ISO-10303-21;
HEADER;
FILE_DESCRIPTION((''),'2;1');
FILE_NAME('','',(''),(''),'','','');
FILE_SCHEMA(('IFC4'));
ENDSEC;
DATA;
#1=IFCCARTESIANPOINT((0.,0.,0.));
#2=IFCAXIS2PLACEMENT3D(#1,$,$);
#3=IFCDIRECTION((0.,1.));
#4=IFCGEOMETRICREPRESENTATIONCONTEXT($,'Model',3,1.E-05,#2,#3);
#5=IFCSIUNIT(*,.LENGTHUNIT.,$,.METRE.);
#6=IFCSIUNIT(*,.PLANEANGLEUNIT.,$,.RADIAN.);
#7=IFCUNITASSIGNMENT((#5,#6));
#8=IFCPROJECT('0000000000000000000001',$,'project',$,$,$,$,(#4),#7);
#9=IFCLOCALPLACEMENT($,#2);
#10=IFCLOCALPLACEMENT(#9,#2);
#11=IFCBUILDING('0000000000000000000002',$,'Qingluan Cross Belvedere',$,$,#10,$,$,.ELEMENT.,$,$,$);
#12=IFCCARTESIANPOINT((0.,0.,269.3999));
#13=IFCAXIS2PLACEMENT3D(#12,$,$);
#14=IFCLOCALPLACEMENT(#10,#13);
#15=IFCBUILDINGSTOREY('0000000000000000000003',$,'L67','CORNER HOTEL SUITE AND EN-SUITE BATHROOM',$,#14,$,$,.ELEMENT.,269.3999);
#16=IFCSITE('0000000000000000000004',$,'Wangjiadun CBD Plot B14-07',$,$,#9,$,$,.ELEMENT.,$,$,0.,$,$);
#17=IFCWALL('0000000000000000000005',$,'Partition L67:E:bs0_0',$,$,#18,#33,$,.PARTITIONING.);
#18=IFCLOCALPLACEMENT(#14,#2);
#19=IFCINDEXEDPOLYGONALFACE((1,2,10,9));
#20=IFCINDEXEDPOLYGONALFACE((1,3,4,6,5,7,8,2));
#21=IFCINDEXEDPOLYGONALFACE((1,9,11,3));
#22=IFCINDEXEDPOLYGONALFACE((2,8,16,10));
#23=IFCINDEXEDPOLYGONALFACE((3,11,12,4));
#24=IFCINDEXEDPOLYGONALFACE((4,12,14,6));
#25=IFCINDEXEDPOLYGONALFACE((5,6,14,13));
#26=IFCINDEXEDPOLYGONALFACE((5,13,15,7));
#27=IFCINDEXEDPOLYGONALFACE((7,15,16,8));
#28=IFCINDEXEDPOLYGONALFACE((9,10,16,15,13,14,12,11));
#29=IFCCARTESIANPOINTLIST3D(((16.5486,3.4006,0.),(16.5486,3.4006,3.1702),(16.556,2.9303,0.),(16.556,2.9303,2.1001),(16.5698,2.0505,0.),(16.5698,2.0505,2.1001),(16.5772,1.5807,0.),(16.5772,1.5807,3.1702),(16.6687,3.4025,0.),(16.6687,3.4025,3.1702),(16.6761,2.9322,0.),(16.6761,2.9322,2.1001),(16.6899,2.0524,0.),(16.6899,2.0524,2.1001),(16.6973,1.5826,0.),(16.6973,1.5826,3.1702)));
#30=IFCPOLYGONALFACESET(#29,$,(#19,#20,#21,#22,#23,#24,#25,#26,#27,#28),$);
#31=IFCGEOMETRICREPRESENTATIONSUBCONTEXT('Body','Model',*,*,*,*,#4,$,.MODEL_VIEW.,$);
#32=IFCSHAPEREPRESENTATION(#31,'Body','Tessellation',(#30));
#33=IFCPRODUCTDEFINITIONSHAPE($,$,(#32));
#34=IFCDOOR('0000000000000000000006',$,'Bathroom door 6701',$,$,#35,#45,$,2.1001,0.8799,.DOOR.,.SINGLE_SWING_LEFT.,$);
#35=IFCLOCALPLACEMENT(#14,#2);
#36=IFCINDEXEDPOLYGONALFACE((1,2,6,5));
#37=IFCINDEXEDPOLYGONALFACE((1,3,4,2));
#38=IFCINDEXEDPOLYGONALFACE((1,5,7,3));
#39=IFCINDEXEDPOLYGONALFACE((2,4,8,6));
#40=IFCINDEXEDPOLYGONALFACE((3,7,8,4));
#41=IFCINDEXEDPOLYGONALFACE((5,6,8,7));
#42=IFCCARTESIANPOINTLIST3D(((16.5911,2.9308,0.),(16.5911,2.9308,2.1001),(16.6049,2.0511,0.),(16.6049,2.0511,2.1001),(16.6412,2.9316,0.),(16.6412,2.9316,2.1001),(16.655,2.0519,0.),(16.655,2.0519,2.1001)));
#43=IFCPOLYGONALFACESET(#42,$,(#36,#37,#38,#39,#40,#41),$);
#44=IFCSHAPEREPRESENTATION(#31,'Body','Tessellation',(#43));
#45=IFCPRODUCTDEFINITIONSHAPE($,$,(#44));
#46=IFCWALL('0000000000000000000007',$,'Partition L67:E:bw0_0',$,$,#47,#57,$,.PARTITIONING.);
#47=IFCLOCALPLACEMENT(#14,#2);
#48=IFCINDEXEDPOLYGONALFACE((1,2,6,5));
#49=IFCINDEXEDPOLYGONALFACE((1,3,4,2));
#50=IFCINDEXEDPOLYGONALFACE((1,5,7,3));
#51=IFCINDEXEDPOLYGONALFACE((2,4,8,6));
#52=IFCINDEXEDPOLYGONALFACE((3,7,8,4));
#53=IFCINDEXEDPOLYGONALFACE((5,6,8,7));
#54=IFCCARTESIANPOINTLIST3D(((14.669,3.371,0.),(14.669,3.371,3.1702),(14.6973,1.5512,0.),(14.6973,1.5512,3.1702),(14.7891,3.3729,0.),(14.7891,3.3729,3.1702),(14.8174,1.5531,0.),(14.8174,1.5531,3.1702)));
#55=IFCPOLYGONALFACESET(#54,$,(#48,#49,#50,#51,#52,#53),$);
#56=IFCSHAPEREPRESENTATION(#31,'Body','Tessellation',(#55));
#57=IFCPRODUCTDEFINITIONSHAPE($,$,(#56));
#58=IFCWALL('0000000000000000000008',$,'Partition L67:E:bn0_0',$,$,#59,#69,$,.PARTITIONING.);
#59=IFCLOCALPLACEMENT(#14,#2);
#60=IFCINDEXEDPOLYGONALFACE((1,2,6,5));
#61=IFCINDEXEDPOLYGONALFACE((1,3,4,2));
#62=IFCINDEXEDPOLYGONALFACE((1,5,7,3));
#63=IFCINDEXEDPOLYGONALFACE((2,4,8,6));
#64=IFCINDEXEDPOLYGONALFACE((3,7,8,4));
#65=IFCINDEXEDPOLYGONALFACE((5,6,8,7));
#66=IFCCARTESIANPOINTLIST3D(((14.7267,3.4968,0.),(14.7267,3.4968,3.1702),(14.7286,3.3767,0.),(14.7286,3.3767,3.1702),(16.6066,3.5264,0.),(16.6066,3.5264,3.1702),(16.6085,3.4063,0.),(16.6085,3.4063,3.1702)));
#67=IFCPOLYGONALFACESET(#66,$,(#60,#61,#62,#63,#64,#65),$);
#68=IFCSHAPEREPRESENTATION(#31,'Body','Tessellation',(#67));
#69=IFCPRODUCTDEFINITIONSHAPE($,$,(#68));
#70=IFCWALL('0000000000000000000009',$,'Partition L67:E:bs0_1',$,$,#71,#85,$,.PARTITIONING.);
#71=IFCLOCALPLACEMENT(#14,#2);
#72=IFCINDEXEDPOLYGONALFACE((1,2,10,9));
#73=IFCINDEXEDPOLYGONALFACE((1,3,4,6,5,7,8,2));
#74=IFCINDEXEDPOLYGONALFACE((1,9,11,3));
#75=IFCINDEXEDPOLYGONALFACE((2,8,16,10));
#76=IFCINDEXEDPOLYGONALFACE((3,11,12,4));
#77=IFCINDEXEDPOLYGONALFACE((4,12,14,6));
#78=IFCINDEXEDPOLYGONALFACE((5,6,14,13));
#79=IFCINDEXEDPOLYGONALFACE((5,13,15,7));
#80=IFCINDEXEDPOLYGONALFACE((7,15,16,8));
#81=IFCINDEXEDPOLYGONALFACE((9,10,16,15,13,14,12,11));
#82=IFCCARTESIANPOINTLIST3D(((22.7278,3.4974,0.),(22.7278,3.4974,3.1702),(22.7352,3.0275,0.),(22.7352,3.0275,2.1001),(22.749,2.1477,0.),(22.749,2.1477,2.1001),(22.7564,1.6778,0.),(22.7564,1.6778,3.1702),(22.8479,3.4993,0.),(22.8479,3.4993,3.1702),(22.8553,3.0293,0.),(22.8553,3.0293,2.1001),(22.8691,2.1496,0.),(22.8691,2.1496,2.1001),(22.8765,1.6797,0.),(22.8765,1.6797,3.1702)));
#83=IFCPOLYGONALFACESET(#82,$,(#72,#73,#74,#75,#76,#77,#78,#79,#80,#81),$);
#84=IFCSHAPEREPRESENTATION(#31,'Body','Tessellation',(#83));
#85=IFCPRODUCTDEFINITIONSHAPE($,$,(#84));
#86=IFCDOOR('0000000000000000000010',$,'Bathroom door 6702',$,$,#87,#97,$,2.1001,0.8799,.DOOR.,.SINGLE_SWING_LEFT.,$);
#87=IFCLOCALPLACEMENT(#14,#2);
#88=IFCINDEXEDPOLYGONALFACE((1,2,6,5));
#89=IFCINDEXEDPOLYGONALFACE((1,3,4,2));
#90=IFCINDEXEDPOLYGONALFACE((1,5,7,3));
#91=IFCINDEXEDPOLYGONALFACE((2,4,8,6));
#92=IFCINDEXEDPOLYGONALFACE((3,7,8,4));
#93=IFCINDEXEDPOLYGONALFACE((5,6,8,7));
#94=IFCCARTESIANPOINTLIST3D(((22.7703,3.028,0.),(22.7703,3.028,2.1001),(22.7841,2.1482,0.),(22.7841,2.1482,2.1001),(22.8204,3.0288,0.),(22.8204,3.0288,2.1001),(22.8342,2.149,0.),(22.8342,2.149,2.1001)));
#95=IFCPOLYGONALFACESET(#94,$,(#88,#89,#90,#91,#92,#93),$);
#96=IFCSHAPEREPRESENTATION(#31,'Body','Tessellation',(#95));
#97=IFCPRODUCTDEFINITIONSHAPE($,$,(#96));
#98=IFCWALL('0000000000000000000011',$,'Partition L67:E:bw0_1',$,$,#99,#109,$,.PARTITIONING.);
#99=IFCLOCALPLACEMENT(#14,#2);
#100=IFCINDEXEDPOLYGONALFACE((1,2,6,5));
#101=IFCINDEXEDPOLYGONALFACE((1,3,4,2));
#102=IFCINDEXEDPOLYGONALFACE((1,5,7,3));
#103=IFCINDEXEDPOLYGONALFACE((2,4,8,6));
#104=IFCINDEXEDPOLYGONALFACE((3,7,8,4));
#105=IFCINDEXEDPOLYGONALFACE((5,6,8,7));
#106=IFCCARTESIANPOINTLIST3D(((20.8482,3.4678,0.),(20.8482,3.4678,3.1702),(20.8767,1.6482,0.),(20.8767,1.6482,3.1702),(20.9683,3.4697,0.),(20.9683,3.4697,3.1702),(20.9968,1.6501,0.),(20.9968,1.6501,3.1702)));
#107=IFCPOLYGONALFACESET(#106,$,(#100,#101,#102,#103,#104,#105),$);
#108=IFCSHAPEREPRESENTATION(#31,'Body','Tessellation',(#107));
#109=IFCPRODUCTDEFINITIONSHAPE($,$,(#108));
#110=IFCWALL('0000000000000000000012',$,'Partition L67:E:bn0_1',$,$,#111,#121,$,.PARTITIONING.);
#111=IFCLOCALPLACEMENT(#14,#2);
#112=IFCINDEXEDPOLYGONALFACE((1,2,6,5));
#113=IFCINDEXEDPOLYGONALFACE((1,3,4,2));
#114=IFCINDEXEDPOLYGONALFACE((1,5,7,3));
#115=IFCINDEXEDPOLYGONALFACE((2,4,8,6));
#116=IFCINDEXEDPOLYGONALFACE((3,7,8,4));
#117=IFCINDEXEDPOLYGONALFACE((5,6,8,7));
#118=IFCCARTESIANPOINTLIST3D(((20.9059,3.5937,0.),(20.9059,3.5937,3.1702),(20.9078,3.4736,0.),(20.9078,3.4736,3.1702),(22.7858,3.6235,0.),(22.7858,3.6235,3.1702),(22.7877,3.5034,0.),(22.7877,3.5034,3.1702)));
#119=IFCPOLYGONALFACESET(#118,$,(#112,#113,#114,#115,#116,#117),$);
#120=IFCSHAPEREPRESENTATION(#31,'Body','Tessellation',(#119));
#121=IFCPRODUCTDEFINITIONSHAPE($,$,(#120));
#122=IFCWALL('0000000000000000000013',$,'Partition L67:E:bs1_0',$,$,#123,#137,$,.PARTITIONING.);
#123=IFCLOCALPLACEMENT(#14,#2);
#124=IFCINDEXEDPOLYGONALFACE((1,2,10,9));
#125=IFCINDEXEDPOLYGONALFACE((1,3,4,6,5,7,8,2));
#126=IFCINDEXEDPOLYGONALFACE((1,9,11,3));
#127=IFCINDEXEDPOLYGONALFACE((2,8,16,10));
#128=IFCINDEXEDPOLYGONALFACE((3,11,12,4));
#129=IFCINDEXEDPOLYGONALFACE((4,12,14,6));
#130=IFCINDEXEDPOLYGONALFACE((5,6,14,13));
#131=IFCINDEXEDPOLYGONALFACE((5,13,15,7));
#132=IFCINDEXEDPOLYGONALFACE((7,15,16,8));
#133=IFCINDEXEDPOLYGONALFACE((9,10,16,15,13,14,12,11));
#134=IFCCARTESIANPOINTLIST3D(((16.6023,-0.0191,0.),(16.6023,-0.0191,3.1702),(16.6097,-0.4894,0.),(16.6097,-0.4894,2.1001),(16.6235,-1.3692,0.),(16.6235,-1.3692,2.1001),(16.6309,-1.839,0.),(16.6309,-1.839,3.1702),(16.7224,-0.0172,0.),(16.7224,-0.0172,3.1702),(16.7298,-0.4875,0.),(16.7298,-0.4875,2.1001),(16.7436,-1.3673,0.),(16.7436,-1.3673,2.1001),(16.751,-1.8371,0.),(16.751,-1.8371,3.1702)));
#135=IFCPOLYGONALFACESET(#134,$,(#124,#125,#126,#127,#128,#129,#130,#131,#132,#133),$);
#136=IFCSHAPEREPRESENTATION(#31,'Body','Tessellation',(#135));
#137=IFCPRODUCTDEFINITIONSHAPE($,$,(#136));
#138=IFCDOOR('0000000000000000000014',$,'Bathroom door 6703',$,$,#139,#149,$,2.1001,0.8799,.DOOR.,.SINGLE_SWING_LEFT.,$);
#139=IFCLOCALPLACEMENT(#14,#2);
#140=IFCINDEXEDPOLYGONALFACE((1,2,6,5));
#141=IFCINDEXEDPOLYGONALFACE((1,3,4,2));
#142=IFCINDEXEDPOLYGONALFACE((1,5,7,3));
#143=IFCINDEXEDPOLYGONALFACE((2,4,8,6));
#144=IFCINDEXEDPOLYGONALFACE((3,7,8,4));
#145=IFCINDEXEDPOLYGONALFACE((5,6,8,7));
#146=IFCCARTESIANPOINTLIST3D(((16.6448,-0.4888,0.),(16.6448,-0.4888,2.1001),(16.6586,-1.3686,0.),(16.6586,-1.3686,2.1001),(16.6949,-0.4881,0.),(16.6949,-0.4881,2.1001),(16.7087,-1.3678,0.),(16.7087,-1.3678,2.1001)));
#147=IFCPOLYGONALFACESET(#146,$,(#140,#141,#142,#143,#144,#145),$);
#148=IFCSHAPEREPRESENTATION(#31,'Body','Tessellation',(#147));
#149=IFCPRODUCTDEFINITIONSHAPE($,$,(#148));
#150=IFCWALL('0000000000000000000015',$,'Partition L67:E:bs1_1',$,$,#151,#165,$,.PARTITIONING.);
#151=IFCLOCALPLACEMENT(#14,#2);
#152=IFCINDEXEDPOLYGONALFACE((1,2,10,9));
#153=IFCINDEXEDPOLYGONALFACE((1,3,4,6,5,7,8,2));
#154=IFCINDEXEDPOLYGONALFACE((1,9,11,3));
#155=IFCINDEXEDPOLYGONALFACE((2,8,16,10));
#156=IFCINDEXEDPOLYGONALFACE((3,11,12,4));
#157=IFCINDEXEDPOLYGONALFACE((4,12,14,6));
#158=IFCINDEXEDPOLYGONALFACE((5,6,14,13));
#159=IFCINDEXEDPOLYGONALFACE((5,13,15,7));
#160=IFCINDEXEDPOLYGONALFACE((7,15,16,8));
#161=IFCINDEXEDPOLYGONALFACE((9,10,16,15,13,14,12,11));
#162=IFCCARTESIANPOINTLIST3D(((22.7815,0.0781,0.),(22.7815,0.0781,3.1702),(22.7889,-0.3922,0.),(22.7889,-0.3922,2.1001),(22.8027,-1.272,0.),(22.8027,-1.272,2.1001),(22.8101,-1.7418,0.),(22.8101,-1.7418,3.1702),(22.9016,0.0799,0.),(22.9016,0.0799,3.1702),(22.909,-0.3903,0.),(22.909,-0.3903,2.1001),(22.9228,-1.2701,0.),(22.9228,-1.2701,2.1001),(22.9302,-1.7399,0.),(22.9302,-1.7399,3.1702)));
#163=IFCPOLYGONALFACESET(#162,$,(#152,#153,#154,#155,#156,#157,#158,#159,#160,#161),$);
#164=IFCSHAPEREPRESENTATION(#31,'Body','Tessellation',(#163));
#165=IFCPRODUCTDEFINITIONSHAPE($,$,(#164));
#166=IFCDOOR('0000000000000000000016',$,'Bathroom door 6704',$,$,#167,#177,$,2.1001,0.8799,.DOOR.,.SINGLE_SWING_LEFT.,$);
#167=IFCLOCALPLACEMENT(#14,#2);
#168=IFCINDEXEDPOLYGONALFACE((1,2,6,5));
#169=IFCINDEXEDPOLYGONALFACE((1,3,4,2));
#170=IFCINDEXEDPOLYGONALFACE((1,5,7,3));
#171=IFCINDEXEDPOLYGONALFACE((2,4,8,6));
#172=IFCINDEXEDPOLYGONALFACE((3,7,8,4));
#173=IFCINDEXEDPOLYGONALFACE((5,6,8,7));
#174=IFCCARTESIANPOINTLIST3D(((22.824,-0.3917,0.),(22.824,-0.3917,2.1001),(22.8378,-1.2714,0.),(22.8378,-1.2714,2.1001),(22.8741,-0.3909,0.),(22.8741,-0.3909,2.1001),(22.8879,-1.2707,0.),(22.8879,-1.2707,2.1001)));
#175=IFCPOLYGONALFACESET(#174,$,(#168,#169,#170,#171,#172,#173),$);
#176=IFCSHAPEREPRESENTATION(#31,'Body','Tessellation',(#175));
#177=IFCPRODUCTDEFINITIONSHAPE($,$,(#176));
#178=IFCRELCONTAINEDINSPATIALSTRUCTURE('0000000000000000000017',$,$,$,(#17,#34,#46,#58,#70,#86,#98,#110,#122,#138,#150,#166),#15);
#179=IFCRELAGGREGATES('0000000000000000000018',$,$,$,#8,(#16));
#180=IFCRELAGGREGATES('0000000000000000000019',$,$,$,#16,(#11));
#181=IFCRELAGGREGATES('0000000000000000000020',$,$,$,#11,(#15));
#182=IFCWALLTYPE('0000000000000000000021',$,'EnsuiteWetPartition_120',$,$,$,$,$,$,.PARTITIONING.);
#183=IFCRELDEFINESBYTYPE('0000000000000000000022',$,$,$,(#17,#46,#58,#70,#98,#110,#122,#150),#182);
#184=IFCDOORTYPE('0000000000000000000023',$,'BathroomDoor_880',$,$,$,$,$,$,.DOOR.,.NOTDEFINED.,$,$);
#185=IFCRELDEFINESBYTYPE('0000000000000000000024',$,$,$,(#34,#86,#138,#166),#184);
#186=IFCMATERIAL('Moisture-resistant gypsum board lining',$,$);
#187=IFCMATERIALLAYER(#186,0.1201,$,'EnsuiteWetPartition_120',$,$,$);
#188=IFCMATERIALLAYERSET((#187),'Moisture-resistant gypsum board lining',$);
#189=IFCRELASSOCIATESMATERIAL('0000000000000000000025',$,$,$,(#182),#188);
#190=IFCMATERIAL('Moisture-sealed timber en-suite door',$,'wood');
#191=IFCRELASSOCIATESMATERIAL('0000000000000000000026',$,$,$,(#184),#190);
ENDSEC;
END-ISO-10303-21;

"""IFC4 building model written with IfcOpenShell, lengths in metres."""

from ifc_helpers import new_model, si_unit, direction, frame, frame_2d, origin, place, context, subcontext, project, spatial, rectangle, extrude, material, layer, layer_set, type_object, element, fill, save


model = new_model("IFC4")

# Units and contexts
model_context = context("Model", 3, precision=1e-05, world=origin(), true_north=direction((0.0, 1.0)))
body_context = subcontext(model_context, "Body", "Model", "MODEL_VIEW")
ifc_project = project(units=[si_unit("LENGTHUNIT", "METRE"), si_unit("PLANEANGLEUNIT", "RADIAN")], contexts=[model_context])

# Site, building, storey
site_placement = place(None, origin())
site = spatial("IfcSite", under=ifc_project, at=site_placement, Name="Wangjiadun CBD Plot B14-07", CompositionType="ELEMENT", RefElevation=0.0)
building_placement = place(site_placement, origin())
building = spatial("IfcBuilding", under=site, at=building_placement, Name="Qingluan Cross Belvedere", CompositionType="ELEMENT")
storey_placement = place(building_placement, frame((0.0, 0.0, 269.3999)))
storey = spatial("IfcBuildingStorey", under=building, at=storey_placement, Name="L67", Description="CORNER HOTEL SUITE AND EN-SUITE BATHROOM", CompositionType="ELEMENT", Elevation=269.3999)

# Wall, opening, door
ifc_material_1 = material(Name="Moisture-resistant gypsum board lining")
ifc_layer_1 = layer(ifc_material_1, 0.1201, Name="EnsuiteWetPartition_120")
ifc_layer_set_1 = layer_set([ifc_layer_1], Name="Moisture-resistant gypsum board lining")
wall_type_1 = type_object("IfcWallType", Name="EnsuiteWetPartition_120", PredefinedType="PARTITIONING", material=ifc_layer_set_1)
wall_1_placement = place(storey_placement, frame((16.6372, 1.5815, 0.0), z_axis=(0.0, 0.0, 1.0), x_axis=(-0.015694, 0.999877, 0.0)))
wall_1 = element("IfcWall", 1, at=wall_1_placement, inside=storey, type_object=wall_type_1, Name="Partition L67:E:bs0_0", PredefinedType="PARTITIONING", context=body_context, shape_type="SweptSolid", body=[
    extrude(rectangle(XDim=1.8201, YDim=0.1201, at=frame_2d((0.9102, 0.0))), origin(), (0.0, 0.0, 1.0), 3.1702),
])
opening_1_placement = place(wall_1_placement, frame((0.47, 0.0, 0.0)))
opening_1 = element("IfcOpeningElement", 2, at=opening_1_placement, cuts=wall_1, PredefinedType="OPENING", context=body_context, shape_type="SweptSolid", body=[
    extrude(rectangle(XDim=0.8799, YDim=2.1001, at=frame_2d((0.4399, 1.05))), frame((0.0, 0.0701, 0.0), z_axis=(0.0, -1.0, 0.0), x_axis=(1.0, 0.0, 0.0)), (0.0, 0.0, 1.0), 0.1401),
])
ifc_material_2 = material(Name="Moisture-sealed timber en-suite door", Category="wood")
door_type_1 = type_object("IfcDoorType", Name="BathroomDoor_880", OperationType="NOTDEFINED", PredefinedType="DOOR", material=ifc_material_2)
door_1_placement = place(opening_1_placement, origin())
door_1 = element("IfcDoor", 3, at=door_1_placement, inside=storey, type_object=door_type_1, Name="Bathroom door 6701", OperationType="SINGLE_SWING_LEFT", OverallHeight=2.1001, OverallWidth=0.8799, PredefinedType="DOOR", context=body_context, shape_type="SweptSolid", body=[
    extrude(rectangle(XDim=0.8799, YDim=2.1001, at=frame_2d((0.4399, 1.05))), frame((0.0, 0.0249, 0.0), z_axis=(0.0, -1.0, 0.0), x_axis=(1.0, 0.0, 0.0)), (0.0, 0.0, 1.0), 0.05),
])
fill(opening_1, door_1)

# Walls
wall_2_placement = place(storey_placement, frame((14.7573, 1.552, 0.0), z_axis=(0.0, 0.0, 1.0), x_axis=(-0.01556, 0.999879, 0.0)))
element("IfcWall", 4, at=wall_2_placement, inside=storey, type_object=wall_type_1, Name="Partition L67:E:bw0_0", PredefinedType="PARTITIONING", context=body_context, shape_type="SweptSolid", body=[
    extrude(rectangle(XDim=1.8201, YDim=0.1201, at=frame_2d((0.9102, 0.0))), origin(), (0.0, 0.0, 1.0), 3.1702),
])
wall_3_placement = place(storey_placement, frame((14.7278, 3.4368, 0.0), z_axis=(0.0, 0.0, 1.0), x_axis=(0.999877, 0.015712, 0.0)))
element("IfcWall", 5, at=wall_3_placement, inside=storey, type_object=wall_type_1, Name="Partition L67:E:bn0_0", PredefinedType="PARTITIONING", context=body_context, shape_type="SweptSolid", body=[
    extrude(rectangle(XDim=1.8801, YDim=0.1201, at=frame_2d((0.9399, 0.0))), origin(), (0.0, 0.0, 1.0), 3.1702),
])

# Wall, opening, door
wall_4_placement = place(storey_placement, frame((22.8164, 1.6787, 0.0), z_axis=(0.0, 0.0, 1.0), x_axis=(-0.015696, 0.999877, 0.0)))
wall_4 = element("IfcWall", 6, at=wall_4_placement, inside=storey, type_object=wall_type_1, Name="Partition L67:E:bs0_1", PredefinedType="PARTITIONING", context=body_context, shape_type="SweptSolid", body=[
    extrude(rectangle(XDim=1.8198, YDim=0.1201, at=frame_2d((0.9099, 0.0))), origin(), (0.0, 0.0, 1.0), 3.1702),
])
opening_2_placement = place(wall_4_placement, frame((0.47, 0.0, 0.0)))
opening_2 = element("IfcOpeningElement", 7, at=opening_2_placement, cuts=wall_4, PredefinedType="OPENING", context=body_context, shape_type="SweptSolid", body=[
    extrude(rectangle(XDim=0.8799, YDim=2.1001, at=frame_2d((0.4399, 1.05))), frame((0.0, 0.0701, 0.0), z_axis=(0.0, -1.0, 0.0), x_axis=(1.0, 0.0, 0.0)), (0.0, 0.0, 1.0), 0.1401),
])
door_2_placement = place(opening_2_placement, origin())
door_2 = element("IfcDoor", 8, at=door_2_placement, inside=storey, type_object=door_type_1, Name="Bathroom door 6702", OperationType="SINGLE_SWING_LEFT", OverallHeight=2.1001, OverallWidth=0.8799, PredefinedType="DOOR", context=body_context, shape_type="SweptSolid", body=[
    extrude(rectangle(XDim=0.8799, YDim=2.1001, at=frame_2d((0.4399, 1.05))), frame((0.0, 0.0249, 0.0), z_axis=(0.0, -1.0, 0.0), x_axis=(1.0, 0.0, 0.0)), (0.0, 0.0, 1.0), 0.05),
])
fill(opening_2, door_2)

# Walls
wall_5_placement = place(storey_placement, frame((20.9368, 1.6492, 0.0), z_axis=(0.0, 0.0, 1.0), x_axis=(-0.015696, 0.999877, 0.0)))
element("IfcWall", 9, at=wall_5_placement, inside=storey, type_object=wall_type_1, Name="Partition L67:E:bw0_1", PredefinedType="PARTITIONING", context=body_context, shape_type="SweptSolid", body=[
    extrude(rectangle(XDim=1.8198, YDim=0.1201, at=frame_2d((0.9099, 0.0))), origin(), (0.0, 0.0, 1.0), 3.1702),
])
wall_6_placement = place(storey_placement, frame((20.907, 3.5337, 0.0), z_axis=(0.0, 0.0, 1.0), x_axis=(0.999875, 0.015842, 0.0)))
element("IfcWall", 10, at=wall_6_placement, inside=storey, type_object=wall_type_1, Name="Partition L67:E:bn0_1", PredefinedType="PARTITIONING", context=body_context, shape_type="SweptSolid", body=[
    extrude(rectangle(XDim=1.8801, YDim=0.1201, at=frame_2d((0.9399, 0.0))), origin(), (0.0, 0.0, 1.0), 3.1702),
])

# Walls, openings, doors
wall_7_placement = place(storey_placement, frame((16.6909, -1.8381, 0.0), z_axis=(0.0, 0.0, 1.0), x_axis=(-0.015694, 0.999877, 0.0)))
wall_7 = element("IfcWall", 11, at=wall_7_placement, inside=storey, type_object=wall_type_1, Name="Partition L67:E:bs1_0", PredefinedType="PARTITIONING", context=body_context, shape_type="SweptSolid", body=[
    extrude(rectangle(XDim=1.8201, YDim=0.1201, at=frame_2d((0.9102, 0.0))), origin(), (0.0, 0.0, 1.0), 3.1702),
])
opening_3_placement = place(wall_7_placement, frame((0.47, 0.0, 0.0)))
opening_3 = element("IfcOpeningElement", 12, at=opening_3_placement, cuts=wall_7, PredefinedType="OPENING", context=body_context, shape_type="SweptSolid", body=[
    extrude(rectangle(XDim=0.8799, YDim=2.1001, at=frame_2d((0.4399, 1.05))), frame((0.0, 0.0701, 0.0), z_axis=(0.0, -1.0, 0.0), x_axis=(1.0, 0.0, 0.0)), (0.0, 0.0, 1.0), 0.1401),
])
door_3_placement = place(opening_3_placement, origin())
door_3 = element("IfcDoor", 13, at=door_3_placement, inside=storey, type_object=door_type_1, Name="Bathroom door 6703", OperationType="SINGLE_SWING_LEFT", OverallHeight=2.1001, OverallWidth=0.8799, PredefinedType="DOOR", context=body_context, shape_type="SweptSolid", body=[
    extrude(rectangle(XDim=0.8799, YDim=2.1001, at=frame_2d((0.4399, 1.05))), frame((0.0, 0.0249, 0.0), z_axis=(0.0, -1.0, 0.0), x_axis=(1.0, 0.0, 0.0)), (0.0, 0.0, 1.0), 0.05),
])
fill(opening_3, door_3)
wall_8_placement = place(storey_placement, frame((22.8701, -1.741, 0.0), z_axis=(0.0, 0.0, 1.0), x_axis=(-0.015694, 0.999877, 0.0)))
wall_8 = element("IfcWall", 14, at=wall_8_placement, inside=storey, type_object=wall_type_1, Name="Partition L67:E:bs1_1", PredefinedType="PARTITIONING", context=body_context, shape_type="SweptSolid", body=[
    extrude(rectangle(XDim=1.8201, YDim=0.1201, at=frame_2d((0.9102, 0.0))), origin(), (0.0, 0.0, 1.0), 3.1702),
])
opening_4_placement = place(wall_8_placement, frame((0.47, 0.0, 0.0)))
opening_4 = element("IfcOpeningElement", 15, at=opening_4_placement, cuts=wall_8, PredefinedType="OPENING", context=body_context, shape_type="SweptSolid", body=[
    extrude(rectangle(XDim=0.8799, YDim=2.1001, at=frame_2d((0.4399, 1.05))), frame((0.0, 0.0701, 0.0), z_axis=(0.0, -1.0, 0.0), x_axis=(1.0, 0.0, 0.0)), (0.0, 0.0, 1.0), 0.1401),
])
door_4_placement = place(opening_4_placement, origin())
door_4 = element("IfcDoor", 16, at=door_4_placement, inside=storey, type_object=door_type_1, Name="Bathroom door 6704", OperationType="SINGLE_SWING_LEFT", OverallHeight=2.1001, OverallWidth=0.8799, PredefinedType="DOOR", context=body_context, shape_type="SweptSolid", body=[
    extrude(rectangle(XDim=0.8799, YDim=2.1001, at=frame_2d((0.4399, 1.05))), frame((0.0, 0.0249, 0.0), z_axis=(0.0, -1.0, 0.0), x_axis=(1.0, 0.0, 0.0)), (0.0, 0.0, 1.0), 0.05),
])
fill(opening_4, door_4)

save(model, "model.ifc")
